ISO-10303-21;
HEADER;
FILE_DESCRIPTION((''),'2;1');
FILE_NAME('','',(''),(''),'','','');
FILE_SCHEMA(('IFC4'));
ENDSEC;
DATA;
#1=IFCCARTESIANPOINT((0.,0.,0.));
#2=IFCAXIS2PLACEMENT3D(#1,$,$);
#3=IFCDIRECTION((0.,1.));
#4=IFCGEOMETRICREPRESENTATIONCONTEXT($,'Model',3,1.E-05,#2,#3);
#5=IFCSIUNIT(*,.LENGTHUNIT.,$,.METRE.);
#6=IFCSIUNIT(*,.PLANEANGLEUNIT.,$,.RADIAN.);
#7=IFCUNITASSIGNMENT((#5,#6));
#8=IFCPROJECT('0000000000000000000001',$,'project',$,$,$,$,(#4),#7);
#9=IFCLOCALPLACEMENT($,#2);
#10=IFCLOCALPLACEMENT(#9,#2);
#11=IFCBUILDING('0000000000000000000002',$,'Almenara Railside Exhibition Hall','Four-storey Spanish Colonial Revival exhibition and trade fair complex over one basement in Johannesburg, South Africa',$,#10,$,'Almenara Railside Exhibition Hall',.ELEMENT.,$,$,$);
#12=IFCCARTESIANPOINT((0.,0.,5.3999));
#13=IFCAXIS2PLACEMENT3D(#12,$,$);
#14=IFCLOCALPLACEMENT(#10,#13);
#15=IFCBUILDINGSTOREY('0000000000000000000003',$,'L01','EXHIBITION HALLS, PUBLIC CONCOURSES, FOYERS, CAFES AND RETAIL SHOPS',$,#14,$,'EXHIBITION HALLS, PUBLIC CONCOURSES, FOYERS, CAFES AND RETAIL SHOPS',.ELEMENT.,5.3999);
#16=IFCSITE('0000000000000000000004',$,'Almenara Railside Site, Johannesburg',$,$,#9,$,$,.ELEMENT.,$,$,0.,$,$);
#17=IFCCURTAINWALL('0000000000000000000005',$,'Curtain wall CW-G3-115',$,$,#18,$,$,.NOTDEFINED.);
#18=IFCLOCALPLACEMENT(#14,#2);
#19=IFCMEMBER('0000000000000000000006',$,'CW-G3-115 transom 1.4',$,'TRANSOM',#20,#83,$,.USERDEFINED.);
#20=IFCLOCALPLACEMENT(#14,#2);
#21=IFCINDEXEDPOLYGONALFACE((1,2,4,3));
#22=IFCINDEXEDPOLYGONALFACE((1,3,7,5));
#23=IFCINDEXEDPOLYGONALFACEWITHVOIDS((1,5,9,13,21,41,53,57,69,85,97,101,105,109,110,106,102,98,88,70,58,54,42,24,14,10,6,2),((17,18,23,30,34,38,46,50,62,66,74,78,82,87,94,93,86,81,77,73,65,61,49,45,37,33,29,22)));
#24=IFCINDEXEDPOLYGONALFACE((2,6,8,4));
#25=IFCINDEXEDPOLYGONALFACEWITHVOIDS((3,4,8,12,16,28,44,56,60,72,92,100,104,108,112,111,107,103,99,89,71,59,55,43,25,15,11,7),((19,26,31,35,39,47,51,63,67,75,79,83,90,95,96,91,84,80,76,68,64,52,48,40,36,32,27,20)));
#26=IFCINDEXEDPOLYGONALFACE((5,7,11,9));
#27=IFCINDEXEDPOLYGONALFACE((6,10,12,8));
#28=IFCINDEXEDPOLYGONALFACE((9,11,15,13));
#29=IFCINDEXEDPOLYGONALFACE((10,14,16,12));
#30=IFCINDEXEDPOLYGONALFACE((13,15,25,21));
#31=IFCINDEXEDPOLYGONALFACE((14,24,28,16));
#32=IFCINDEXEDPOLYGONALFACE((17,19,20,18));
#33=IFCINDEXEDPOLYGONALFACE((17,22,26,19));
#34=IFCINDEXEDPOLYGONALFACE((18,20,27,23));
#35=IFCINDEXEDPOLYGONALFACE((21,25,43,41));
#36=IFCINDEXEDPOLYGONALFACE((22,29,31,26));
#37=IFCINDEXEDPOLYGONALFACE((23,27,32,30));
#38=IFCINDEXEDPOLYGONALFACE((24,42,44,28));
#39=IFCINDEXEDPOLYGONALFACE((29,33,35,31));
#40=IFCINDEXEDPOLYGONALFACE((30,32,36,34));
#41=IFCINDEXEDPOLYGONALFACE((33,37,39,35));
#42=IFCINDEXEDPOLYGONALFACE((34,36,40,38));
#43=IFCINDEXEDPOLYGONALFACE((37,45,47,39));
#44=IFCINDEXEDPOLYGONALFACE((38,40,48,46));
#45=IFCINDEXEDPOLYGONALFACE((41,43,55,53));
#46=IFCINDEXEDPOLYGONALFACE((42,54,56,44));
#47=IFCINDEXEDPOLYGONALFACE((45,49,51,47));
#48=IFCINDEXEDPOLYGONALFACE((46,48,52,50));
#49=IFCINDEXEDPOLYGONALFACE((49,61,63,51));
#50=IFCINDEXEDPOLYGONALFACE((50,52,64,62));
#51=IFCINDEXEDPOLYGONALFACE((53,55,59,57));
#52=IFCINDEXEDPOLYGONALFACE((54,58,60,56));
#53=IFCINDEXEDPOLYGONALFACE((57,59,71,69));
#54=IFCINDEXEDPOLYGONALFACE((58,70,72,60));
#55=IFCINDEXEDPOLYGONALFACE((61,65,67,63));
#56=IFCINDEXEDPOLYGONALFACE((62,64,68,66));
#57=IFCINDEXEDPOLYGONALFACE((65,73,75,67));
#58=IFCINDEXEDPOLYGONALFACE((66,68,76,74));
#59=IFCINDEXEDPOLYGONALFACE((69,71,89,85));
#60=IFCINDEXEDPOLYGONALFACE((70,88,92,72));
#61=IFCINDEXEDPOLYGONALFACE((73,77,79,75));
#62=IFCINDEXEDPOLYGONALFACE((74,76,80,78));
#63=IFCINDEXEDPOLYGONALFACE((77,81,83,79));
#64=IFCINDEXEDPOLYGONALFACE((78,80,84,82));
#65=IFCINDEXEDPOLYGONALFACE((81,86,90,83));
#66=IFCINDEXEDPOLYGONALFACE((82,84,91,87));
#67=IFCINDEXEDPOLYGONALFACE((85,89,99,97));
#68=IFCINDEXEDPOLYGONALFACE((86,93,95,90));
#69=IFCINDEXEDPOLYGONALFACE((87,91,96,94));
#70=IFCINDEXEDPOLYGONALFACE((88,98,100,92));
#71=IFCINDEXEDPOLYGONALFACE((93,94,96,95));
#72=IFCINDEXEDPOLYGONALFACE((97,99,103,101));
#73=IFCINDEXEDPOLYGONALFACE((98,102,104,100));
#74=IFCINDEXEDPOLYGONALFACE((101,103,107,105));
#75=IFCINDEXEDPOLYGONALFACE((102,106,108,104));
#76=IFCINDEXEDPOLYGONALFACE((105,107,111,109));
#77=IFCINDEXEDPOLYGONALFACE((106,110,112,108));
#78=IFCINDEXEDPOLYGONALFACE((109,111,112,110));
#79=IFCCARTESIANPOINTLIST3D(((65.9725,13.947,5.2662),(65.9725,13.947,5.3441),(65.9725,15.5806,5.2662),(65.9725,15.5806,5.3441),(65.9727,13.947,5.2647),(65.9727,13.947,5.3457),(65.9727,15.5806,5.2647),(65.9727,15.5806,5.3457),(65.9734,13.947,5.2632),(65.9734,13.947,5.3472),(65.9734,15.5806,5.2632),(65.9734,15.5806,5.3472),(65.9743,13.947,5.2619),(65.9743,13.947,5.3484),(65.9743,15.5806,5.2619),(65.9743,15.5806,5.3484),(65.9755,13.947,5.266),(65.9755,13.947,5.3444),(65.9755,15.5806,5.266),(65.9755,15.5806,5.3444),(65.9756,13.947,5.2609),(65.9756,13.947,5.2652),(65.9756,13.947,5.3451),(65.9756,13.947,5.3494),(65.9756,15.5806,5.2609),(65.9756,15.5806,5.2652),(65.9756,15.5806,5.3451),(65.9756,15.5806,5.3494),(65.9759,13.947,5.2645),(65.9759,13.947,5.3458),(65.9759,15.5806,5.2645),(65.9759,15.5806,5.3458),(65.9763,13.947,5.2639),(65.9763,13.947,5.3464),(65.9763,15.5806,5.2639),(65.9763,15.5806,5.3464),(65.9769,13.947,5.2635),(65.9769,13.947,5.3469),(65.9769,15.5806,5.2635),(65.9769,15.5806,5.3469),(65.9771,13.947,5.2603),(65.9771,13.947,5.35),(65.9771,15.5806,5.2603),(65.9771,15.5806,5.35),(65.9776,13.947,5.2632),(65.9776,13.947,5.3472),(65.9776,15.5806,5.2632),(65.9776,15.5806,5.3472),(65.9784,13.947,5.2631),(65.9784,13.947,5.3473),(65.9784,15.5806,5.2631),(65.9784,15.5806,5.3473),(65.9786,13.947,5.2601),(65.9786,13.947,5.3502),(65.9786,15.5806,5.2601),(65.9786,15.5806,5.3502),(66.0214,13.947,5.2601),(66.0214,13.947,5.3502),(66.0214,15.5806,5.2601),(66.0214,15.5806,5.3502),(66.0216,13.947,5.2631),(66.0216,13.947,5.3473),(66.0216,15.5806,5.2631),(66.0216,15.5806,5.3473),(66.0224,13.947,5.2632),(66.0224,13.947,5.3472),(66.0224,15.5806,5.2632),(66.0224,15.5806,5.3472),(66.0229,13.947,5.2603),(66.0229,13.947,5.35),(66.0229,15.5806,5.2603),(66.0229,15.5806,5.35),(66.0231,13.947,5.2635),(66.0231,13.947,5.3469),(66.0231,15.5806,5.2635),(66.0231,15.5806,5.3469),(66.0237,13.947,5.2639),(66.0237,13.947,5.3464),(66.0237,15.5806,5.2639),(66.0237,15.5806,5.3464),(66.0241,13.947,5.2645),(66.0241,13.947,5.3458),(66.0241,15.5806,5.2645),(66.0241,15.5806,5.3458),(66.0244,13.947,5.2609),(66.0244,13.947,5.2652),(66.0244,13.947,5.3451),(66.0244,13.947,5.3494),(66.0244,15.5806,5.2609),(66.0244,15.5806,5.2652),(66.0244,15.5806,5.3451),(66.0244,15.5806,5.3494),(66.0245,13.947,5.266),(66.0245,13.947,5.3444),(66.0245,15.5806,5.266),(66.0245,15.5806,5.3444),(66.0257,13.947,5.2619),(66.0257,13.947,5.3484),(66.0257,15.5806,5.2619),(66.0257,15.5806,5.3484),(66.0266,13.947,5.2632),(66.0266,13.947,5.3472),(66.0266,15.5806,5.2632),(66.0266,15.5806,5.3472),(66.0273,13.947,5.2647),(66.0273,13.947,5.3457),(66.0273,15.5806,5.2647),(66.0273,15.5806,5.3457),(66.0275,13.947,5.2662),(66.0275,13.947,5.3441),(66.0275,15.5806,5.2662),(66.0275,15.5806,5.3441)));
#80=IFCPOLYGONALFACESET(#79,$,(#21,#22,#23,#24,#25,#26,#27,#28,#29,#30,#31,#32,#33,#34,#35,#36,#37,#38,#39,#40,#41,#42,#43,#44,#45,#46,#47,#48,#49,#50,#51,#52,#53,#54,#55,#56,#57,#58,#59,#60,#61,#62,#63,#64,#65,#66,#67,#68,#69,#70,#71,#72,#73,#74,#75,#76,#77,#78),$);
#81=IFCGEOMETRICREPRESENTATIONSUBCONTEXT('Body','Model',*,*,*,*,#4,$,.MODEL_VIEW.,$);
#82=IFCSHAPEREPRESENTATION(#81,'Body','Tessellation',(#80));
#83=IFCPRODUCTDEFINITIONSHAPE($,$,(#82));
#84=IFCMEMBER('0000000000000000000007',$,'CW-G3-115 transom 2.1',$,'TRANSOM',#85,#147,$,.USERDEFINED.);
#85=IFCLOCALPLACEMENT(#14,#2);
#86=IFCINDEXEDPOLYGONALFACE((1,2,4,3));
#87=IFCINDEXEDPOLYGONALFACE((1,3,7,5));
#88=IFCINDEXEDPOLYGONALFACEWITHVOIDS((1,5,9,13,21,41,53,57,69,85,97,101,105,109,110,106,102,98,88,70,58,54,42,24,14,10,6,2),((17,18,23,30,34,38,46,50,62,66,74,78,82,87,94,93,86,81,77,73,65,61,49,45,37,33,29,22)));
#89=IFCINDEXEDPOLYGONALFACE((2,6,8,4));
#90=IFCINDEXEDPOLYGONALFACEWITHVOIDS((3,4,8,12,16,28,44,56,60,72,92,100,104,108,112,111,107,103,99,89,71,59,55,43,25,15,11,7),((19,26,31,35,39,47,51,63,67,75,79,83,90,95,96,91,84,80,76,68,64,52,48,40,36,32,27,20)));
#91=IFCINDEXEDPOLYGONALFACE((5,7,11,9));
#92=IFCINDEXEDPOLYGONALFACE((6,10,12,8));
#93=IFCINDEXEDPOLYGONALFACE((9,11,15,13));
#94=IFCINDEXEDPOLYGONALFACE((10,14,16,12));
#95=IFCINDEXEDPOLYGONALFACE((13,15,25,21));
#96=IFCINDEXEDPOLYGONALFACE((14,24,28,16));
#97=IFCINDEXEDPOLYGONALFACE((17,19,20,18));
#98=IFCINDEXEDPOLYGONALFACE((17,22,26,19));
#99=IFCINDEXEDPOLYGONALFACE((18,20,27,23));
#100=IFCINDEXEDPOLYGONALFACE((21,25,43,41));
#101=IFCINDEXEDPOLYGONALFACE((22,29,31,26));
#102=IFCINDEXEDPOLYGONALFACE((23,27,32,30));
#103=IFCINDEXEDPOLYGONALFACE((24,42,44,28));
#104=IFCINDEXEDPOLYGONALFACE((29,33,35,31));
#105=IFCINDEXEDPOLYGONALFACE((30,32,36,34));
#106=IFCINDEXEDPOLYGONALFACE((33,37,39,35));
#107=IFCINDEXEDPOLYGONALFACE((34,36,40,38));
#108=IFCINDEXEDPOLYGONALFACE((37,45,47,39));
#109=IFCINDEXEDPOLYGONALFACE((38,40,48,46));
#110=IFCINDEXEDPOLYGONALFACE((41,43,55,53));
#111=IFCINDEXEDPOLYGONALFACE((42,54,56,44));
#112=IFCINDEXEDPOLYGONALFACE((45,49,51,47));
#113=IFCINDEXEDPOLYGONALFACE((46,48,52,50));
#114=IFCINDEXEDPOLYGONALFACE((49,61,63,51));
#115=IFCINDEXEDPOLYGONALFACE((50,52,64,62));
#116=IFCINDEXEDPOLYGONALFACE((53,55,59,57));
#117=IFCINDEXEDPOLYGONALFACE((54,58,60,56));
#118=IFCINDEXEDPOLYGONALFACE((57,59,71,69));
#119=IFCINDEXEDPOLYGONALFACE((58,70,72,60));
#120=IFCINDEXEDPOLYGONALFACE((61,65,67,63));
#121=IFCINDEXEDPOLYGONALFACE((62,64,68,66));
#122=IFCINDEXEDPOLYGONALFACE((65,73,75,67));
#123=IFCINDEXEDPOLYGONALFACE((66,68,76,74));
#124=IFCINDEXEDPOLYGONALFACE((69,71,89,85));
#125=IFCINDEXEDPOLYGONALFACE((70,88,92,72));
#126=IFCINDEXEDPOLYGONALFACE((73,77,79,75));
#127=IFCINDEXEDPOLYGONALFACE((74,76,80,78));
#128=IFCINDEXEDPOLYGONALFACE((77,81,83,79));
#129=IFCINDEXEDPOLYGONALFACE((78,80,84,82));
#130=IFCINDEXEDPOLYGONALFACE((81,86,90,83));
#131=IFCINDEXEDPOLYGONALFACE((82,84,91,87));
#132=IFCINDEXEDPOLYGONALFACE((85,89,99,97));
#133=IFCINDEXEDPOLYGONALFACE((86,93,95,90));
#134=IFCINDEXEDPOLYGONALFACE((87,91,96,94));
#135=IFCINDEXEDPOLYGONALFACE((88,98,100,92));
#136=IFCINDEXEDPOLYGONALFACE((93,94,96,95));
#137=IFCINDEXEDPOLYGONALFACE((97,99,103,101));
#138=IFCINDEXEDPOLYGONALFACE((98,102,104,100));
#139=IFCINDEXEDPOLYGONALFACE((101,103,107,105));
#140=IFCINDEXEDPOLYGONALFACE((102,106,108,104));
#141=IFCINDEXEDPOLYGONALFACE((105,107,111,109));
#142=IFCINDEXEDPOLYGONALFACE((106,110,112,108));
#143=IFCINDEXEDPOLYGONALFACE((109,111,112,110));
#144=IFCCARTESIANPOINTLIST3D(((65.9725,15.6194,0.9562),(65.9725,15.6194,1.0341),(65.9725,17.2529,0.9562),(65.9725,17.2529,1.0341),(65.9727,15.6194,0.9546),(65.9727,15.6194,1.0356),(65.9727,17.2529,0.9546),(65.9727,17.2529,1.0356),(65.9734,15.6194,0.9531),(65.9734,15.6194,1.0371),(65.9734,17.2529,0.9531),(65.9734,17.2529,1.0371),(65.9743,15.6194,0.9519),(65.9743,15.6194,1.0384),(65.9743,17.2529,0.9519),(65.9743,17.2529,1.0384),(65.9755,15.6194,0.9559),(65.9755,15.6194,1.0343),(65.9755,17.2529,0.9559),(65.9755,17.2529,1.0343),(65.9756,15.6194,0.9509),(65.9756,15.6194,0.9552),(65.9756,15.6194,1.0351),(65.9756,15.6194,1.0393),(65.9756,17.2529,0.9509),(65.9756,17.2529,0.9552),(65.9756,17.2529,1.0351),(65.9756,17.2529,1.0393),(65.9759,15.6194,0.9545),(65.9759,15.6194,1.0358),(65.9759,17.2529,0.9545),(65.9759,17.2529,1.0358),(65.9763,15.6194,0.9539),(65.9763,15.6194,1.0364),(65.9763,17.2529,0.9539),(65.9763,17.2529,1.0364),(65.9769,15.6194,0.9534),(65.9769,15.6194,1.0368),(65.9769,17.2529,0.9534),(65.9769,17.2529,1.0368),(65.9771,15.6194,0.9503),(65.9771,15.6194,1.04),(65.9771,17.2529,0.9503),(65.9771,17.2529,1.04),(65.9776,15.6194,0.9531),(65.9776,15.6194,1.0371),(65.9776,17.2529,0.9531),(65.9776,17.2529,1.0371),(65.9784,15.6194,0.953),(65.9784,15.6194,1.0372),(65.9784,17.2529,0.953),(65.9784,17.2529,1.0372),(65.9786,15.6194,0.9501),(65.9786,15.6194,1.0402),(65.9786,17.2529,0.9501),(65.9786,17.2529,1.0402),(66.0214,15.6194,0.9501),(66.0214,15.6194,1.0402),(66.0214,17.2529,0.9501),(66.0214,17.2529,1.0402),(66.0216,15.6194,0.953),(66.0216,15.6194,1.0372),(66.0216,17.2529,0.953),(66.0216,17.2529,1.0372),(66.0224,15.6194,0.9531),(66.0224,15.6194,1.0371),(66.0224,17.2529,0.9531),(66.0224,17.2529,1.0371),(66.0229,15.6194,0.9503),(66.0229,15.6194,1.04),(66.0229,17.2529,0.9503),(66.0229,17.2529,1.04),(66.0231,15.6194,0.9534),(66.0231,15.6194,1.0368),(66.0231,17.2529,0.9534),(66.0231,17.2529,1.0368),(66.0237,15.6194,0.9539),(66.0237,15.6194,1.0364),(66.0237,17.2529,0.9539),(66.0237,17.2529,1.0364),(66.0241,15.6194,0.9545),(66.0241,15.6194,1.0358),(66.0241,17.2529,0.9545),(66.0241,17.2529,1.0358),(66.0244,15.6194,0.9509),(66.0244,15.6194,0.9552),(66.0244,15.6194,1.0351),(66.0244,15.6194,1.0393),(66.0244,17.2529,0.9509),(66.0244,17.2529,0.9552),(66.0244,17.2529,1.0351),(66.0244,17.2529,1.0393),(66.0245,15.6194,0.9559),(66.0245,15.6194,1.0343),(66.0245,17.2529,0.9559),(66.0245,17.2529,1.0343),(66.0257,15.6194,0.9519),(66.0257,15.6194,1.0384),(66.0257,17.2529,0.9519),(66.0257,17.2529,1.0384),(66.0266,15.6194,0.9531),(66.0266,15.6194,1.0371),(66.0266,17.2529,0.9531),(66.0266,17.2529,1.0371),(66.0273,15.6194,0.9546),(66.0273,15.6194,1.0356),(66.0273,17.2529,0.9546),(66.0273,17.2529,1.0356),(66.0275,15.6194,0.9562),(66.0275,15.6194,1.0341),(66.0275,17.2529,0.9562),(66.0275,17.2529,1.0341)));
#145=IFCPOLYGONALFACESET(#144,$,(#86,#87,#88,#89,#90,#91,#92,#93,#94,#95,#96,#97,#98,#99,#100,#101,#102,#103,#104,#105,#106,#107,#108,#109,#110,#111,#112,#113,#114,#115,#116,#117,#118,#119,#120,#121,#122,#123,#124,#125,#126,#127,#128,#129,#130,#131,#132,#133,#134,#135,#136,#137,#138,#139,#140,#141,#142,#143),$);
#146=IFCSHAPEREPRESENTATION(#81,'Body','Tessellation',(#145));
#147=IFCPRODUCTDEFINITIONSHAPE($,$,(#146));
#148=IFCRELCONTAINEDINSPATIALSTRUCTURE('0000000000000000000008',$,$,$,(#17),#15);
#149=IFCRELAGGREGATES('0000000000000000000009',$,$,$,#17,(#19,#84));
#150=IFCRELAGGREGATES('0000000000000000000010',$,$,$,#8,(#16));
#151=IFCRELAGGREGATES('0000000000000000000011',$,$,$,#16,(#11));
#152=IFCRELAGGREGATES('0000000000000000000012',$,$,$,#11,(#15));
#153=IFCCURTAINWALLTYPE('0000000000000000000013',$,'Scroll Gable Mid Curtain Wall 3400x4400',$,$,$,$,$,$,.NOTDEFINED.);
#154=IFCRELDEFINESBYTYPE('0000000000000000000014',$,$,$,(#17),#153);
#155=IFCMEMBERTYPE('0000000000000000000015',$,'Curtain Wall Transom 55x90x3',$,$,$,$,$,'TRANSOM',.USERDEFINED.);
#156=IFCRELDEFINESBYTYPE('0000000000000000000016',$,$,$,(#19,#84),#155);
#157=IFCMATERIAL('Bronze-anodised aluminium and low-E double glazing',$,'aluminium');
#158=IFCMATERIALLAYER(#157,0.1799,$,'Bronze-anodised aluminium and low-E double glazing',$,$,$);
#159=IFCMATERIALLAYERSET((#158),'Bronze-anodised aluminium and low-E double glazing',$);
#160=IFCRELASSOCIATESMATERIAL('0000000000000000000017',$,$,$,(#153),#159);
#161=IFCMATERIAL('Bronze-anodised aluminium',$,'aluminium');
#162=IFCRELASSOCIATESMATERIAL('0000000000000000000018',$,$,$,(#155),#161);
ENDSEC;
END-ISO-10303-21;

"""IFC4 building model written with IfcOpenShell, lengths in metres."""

from ifc_helpers import new_model, si_unit, direction, frame, origin, origin_2d, place, context, subcontext, project, spatial, hollow_rectangle, extrude, material, layer, layer_set, material_profile, profile_set, type_object, element, aggregate, save


model = new_model("IFC4")

# Units and contexts
model_context = context("Model", 3, precision=1e-05, world=origin(), true_north=direction((0.0, 1.0)))
body_context = subcontext(model_context, "Body", "Model", "MODEL_VIEW")
ifc_project = project(units=[si_unit("LENGTHUNIT", "METRE"), si_unit("PLANEANGLEUNIT", "RADIAN")], contexts=[model_context])

# Site, building, storey
site_placement = place(None, origin())
site = spatial("IfcSite", under=ifc_project, at=site_placement, Name="Almenara Railside Site, Johannesburg", CompositionType="ELEMENT", RefElevation=0.0)
building_placement = place(site_placement, origin())
building = spatial("IfcBuilding", under=site, at=building_placement, Name="Almenara Railside Exhibition Hall", Description="Four-storey Spanish Colonial Revival exhibition and trade fair complex over one basement in Johannesburg, South Africa", LongName="Almenara Railside Exhibition Hall", CompositionType="ELEMENT")
storey_placement = place(building_placement, frame((0.0, 0.0, 5.3999)))
storey = spatial("IfcBuildingStorey", under=building, at=storey_placement, Name="L01", Description="EXHIBITION HALLS, PUBLIC CONCOURSES, FOYERS, CAFES AND RETAIL SHOPS", LongName="EXHIBITION HALLS, PUBLIC CONCOURSES, FOYERS, CAFES AND RETAIL SHOPS", CompositionType="ELEMENT", Elevation=5.3999)

# Curtain wall
ifc_material_1 = material(Name="Bronze-anodised aluminium and low-E double glazing", Category="aluminium")
ifc_layer_1 = layer(ifc_material_1, 0.1799, Name="Bronze-anodised aluminium and low-E double glazing")
ifc_layer_set_1 = layer_set([ifc_layer_1], Name="Bronze-anodised aluminium and low-E double glazing")
curtain_wall_type_1 = type_object("IfcCurtainWallType", Name="Scroll Gable Mid Curtain Wall 3400x4400", PredefinedType="NOTDEFINED", material=ifc_layer_set_1)
curtain_wall_1_placement = place(storey_placement, origin())
curtain_wall_1 = element("IfcCurtainWall", 1, at=curtain_wall_1_placement, inside=storey, type_object=curtain_wall_type_1, Name="Curtain wall CW-G3-115", PredefinedType="NOTDEFINED")
ifc_material_2 = material(Name="Bronze-anodised aluminium", Category="aluminium")

# Members
ifc_material_profile_1 = material_profile(ifc_material_2, hollow_rectangle(XDim=0.0549, YDim=0.0901, WallThickness=0.0029, InnerFilletRadius=0.0029, OuterFilletRadius=0.0061, at=origin_2d()), Name="ALU-TRN 55x90x3")
ifc_profile_set_1 = profile_set([ifc_material_profile_1], Name="Bronze-anodised aluminium")
member_type_1 = type_object("IfcMemberType", Name="Curtain Wall Transom 55x90x3", ElementType="TRANSOM", PredefinedType="USERDEFINED", material=ifc_profile_set_1)
member_1_placement = place(storey_placement, frame((66.0, 13.947, 5.3052), z_axis=(0.0, 1.0, 0.0), x_axis=(-1.0, 0.0, 0.0)))
member_1 = element("IfcMember", 2, at=member_1_placement, type_object=member_type_1, Name="CW-G3-115 transom 1.4", ObjectType="TRANSOM", PredefinedType="USERDEFINED", context=body_context, shape_type="SweptSolid", body=[
    extrude(hollow_rectangle(XDim=0.0549, YDim=0.0901, WallThickness=0.0029, InnerFilletRadius=0.0029, OuterFilletRadius=0.0061, at=origin_2d()), origin(), (0.0, 0.0, 1.0), 1.6335),
])
member_2_placement = place(storey_placement, frame((66.0, 15.6194, 0.9951), z_axis=(0.0, 1.0, 0.0), x_axis=(-1.0, 0.0, 0.0)))
member_2 = element("IfcMember", 3, at=member_2_placement, type_object=member_type_1, Name="CW-G3-115 transom 2.1", ObjectType="TRANSOM", PredefinedType="USERDEFINED", context=body_context, shape_type="SweptSolid", body=[
    extrude(hollow_rectangle(XDim=0.0549, YDim=0.0901, WallThickness=0.0029, InnerFilletRadius=0.0029, OuterFilletRadius=0.0061, at=origin_2d()), origin(), (0.0, 0.0, 1.0), 1.6335),
])

aggregate(curtain_wall_1, [member_1, member_2])

save(model, "model.ifc")
